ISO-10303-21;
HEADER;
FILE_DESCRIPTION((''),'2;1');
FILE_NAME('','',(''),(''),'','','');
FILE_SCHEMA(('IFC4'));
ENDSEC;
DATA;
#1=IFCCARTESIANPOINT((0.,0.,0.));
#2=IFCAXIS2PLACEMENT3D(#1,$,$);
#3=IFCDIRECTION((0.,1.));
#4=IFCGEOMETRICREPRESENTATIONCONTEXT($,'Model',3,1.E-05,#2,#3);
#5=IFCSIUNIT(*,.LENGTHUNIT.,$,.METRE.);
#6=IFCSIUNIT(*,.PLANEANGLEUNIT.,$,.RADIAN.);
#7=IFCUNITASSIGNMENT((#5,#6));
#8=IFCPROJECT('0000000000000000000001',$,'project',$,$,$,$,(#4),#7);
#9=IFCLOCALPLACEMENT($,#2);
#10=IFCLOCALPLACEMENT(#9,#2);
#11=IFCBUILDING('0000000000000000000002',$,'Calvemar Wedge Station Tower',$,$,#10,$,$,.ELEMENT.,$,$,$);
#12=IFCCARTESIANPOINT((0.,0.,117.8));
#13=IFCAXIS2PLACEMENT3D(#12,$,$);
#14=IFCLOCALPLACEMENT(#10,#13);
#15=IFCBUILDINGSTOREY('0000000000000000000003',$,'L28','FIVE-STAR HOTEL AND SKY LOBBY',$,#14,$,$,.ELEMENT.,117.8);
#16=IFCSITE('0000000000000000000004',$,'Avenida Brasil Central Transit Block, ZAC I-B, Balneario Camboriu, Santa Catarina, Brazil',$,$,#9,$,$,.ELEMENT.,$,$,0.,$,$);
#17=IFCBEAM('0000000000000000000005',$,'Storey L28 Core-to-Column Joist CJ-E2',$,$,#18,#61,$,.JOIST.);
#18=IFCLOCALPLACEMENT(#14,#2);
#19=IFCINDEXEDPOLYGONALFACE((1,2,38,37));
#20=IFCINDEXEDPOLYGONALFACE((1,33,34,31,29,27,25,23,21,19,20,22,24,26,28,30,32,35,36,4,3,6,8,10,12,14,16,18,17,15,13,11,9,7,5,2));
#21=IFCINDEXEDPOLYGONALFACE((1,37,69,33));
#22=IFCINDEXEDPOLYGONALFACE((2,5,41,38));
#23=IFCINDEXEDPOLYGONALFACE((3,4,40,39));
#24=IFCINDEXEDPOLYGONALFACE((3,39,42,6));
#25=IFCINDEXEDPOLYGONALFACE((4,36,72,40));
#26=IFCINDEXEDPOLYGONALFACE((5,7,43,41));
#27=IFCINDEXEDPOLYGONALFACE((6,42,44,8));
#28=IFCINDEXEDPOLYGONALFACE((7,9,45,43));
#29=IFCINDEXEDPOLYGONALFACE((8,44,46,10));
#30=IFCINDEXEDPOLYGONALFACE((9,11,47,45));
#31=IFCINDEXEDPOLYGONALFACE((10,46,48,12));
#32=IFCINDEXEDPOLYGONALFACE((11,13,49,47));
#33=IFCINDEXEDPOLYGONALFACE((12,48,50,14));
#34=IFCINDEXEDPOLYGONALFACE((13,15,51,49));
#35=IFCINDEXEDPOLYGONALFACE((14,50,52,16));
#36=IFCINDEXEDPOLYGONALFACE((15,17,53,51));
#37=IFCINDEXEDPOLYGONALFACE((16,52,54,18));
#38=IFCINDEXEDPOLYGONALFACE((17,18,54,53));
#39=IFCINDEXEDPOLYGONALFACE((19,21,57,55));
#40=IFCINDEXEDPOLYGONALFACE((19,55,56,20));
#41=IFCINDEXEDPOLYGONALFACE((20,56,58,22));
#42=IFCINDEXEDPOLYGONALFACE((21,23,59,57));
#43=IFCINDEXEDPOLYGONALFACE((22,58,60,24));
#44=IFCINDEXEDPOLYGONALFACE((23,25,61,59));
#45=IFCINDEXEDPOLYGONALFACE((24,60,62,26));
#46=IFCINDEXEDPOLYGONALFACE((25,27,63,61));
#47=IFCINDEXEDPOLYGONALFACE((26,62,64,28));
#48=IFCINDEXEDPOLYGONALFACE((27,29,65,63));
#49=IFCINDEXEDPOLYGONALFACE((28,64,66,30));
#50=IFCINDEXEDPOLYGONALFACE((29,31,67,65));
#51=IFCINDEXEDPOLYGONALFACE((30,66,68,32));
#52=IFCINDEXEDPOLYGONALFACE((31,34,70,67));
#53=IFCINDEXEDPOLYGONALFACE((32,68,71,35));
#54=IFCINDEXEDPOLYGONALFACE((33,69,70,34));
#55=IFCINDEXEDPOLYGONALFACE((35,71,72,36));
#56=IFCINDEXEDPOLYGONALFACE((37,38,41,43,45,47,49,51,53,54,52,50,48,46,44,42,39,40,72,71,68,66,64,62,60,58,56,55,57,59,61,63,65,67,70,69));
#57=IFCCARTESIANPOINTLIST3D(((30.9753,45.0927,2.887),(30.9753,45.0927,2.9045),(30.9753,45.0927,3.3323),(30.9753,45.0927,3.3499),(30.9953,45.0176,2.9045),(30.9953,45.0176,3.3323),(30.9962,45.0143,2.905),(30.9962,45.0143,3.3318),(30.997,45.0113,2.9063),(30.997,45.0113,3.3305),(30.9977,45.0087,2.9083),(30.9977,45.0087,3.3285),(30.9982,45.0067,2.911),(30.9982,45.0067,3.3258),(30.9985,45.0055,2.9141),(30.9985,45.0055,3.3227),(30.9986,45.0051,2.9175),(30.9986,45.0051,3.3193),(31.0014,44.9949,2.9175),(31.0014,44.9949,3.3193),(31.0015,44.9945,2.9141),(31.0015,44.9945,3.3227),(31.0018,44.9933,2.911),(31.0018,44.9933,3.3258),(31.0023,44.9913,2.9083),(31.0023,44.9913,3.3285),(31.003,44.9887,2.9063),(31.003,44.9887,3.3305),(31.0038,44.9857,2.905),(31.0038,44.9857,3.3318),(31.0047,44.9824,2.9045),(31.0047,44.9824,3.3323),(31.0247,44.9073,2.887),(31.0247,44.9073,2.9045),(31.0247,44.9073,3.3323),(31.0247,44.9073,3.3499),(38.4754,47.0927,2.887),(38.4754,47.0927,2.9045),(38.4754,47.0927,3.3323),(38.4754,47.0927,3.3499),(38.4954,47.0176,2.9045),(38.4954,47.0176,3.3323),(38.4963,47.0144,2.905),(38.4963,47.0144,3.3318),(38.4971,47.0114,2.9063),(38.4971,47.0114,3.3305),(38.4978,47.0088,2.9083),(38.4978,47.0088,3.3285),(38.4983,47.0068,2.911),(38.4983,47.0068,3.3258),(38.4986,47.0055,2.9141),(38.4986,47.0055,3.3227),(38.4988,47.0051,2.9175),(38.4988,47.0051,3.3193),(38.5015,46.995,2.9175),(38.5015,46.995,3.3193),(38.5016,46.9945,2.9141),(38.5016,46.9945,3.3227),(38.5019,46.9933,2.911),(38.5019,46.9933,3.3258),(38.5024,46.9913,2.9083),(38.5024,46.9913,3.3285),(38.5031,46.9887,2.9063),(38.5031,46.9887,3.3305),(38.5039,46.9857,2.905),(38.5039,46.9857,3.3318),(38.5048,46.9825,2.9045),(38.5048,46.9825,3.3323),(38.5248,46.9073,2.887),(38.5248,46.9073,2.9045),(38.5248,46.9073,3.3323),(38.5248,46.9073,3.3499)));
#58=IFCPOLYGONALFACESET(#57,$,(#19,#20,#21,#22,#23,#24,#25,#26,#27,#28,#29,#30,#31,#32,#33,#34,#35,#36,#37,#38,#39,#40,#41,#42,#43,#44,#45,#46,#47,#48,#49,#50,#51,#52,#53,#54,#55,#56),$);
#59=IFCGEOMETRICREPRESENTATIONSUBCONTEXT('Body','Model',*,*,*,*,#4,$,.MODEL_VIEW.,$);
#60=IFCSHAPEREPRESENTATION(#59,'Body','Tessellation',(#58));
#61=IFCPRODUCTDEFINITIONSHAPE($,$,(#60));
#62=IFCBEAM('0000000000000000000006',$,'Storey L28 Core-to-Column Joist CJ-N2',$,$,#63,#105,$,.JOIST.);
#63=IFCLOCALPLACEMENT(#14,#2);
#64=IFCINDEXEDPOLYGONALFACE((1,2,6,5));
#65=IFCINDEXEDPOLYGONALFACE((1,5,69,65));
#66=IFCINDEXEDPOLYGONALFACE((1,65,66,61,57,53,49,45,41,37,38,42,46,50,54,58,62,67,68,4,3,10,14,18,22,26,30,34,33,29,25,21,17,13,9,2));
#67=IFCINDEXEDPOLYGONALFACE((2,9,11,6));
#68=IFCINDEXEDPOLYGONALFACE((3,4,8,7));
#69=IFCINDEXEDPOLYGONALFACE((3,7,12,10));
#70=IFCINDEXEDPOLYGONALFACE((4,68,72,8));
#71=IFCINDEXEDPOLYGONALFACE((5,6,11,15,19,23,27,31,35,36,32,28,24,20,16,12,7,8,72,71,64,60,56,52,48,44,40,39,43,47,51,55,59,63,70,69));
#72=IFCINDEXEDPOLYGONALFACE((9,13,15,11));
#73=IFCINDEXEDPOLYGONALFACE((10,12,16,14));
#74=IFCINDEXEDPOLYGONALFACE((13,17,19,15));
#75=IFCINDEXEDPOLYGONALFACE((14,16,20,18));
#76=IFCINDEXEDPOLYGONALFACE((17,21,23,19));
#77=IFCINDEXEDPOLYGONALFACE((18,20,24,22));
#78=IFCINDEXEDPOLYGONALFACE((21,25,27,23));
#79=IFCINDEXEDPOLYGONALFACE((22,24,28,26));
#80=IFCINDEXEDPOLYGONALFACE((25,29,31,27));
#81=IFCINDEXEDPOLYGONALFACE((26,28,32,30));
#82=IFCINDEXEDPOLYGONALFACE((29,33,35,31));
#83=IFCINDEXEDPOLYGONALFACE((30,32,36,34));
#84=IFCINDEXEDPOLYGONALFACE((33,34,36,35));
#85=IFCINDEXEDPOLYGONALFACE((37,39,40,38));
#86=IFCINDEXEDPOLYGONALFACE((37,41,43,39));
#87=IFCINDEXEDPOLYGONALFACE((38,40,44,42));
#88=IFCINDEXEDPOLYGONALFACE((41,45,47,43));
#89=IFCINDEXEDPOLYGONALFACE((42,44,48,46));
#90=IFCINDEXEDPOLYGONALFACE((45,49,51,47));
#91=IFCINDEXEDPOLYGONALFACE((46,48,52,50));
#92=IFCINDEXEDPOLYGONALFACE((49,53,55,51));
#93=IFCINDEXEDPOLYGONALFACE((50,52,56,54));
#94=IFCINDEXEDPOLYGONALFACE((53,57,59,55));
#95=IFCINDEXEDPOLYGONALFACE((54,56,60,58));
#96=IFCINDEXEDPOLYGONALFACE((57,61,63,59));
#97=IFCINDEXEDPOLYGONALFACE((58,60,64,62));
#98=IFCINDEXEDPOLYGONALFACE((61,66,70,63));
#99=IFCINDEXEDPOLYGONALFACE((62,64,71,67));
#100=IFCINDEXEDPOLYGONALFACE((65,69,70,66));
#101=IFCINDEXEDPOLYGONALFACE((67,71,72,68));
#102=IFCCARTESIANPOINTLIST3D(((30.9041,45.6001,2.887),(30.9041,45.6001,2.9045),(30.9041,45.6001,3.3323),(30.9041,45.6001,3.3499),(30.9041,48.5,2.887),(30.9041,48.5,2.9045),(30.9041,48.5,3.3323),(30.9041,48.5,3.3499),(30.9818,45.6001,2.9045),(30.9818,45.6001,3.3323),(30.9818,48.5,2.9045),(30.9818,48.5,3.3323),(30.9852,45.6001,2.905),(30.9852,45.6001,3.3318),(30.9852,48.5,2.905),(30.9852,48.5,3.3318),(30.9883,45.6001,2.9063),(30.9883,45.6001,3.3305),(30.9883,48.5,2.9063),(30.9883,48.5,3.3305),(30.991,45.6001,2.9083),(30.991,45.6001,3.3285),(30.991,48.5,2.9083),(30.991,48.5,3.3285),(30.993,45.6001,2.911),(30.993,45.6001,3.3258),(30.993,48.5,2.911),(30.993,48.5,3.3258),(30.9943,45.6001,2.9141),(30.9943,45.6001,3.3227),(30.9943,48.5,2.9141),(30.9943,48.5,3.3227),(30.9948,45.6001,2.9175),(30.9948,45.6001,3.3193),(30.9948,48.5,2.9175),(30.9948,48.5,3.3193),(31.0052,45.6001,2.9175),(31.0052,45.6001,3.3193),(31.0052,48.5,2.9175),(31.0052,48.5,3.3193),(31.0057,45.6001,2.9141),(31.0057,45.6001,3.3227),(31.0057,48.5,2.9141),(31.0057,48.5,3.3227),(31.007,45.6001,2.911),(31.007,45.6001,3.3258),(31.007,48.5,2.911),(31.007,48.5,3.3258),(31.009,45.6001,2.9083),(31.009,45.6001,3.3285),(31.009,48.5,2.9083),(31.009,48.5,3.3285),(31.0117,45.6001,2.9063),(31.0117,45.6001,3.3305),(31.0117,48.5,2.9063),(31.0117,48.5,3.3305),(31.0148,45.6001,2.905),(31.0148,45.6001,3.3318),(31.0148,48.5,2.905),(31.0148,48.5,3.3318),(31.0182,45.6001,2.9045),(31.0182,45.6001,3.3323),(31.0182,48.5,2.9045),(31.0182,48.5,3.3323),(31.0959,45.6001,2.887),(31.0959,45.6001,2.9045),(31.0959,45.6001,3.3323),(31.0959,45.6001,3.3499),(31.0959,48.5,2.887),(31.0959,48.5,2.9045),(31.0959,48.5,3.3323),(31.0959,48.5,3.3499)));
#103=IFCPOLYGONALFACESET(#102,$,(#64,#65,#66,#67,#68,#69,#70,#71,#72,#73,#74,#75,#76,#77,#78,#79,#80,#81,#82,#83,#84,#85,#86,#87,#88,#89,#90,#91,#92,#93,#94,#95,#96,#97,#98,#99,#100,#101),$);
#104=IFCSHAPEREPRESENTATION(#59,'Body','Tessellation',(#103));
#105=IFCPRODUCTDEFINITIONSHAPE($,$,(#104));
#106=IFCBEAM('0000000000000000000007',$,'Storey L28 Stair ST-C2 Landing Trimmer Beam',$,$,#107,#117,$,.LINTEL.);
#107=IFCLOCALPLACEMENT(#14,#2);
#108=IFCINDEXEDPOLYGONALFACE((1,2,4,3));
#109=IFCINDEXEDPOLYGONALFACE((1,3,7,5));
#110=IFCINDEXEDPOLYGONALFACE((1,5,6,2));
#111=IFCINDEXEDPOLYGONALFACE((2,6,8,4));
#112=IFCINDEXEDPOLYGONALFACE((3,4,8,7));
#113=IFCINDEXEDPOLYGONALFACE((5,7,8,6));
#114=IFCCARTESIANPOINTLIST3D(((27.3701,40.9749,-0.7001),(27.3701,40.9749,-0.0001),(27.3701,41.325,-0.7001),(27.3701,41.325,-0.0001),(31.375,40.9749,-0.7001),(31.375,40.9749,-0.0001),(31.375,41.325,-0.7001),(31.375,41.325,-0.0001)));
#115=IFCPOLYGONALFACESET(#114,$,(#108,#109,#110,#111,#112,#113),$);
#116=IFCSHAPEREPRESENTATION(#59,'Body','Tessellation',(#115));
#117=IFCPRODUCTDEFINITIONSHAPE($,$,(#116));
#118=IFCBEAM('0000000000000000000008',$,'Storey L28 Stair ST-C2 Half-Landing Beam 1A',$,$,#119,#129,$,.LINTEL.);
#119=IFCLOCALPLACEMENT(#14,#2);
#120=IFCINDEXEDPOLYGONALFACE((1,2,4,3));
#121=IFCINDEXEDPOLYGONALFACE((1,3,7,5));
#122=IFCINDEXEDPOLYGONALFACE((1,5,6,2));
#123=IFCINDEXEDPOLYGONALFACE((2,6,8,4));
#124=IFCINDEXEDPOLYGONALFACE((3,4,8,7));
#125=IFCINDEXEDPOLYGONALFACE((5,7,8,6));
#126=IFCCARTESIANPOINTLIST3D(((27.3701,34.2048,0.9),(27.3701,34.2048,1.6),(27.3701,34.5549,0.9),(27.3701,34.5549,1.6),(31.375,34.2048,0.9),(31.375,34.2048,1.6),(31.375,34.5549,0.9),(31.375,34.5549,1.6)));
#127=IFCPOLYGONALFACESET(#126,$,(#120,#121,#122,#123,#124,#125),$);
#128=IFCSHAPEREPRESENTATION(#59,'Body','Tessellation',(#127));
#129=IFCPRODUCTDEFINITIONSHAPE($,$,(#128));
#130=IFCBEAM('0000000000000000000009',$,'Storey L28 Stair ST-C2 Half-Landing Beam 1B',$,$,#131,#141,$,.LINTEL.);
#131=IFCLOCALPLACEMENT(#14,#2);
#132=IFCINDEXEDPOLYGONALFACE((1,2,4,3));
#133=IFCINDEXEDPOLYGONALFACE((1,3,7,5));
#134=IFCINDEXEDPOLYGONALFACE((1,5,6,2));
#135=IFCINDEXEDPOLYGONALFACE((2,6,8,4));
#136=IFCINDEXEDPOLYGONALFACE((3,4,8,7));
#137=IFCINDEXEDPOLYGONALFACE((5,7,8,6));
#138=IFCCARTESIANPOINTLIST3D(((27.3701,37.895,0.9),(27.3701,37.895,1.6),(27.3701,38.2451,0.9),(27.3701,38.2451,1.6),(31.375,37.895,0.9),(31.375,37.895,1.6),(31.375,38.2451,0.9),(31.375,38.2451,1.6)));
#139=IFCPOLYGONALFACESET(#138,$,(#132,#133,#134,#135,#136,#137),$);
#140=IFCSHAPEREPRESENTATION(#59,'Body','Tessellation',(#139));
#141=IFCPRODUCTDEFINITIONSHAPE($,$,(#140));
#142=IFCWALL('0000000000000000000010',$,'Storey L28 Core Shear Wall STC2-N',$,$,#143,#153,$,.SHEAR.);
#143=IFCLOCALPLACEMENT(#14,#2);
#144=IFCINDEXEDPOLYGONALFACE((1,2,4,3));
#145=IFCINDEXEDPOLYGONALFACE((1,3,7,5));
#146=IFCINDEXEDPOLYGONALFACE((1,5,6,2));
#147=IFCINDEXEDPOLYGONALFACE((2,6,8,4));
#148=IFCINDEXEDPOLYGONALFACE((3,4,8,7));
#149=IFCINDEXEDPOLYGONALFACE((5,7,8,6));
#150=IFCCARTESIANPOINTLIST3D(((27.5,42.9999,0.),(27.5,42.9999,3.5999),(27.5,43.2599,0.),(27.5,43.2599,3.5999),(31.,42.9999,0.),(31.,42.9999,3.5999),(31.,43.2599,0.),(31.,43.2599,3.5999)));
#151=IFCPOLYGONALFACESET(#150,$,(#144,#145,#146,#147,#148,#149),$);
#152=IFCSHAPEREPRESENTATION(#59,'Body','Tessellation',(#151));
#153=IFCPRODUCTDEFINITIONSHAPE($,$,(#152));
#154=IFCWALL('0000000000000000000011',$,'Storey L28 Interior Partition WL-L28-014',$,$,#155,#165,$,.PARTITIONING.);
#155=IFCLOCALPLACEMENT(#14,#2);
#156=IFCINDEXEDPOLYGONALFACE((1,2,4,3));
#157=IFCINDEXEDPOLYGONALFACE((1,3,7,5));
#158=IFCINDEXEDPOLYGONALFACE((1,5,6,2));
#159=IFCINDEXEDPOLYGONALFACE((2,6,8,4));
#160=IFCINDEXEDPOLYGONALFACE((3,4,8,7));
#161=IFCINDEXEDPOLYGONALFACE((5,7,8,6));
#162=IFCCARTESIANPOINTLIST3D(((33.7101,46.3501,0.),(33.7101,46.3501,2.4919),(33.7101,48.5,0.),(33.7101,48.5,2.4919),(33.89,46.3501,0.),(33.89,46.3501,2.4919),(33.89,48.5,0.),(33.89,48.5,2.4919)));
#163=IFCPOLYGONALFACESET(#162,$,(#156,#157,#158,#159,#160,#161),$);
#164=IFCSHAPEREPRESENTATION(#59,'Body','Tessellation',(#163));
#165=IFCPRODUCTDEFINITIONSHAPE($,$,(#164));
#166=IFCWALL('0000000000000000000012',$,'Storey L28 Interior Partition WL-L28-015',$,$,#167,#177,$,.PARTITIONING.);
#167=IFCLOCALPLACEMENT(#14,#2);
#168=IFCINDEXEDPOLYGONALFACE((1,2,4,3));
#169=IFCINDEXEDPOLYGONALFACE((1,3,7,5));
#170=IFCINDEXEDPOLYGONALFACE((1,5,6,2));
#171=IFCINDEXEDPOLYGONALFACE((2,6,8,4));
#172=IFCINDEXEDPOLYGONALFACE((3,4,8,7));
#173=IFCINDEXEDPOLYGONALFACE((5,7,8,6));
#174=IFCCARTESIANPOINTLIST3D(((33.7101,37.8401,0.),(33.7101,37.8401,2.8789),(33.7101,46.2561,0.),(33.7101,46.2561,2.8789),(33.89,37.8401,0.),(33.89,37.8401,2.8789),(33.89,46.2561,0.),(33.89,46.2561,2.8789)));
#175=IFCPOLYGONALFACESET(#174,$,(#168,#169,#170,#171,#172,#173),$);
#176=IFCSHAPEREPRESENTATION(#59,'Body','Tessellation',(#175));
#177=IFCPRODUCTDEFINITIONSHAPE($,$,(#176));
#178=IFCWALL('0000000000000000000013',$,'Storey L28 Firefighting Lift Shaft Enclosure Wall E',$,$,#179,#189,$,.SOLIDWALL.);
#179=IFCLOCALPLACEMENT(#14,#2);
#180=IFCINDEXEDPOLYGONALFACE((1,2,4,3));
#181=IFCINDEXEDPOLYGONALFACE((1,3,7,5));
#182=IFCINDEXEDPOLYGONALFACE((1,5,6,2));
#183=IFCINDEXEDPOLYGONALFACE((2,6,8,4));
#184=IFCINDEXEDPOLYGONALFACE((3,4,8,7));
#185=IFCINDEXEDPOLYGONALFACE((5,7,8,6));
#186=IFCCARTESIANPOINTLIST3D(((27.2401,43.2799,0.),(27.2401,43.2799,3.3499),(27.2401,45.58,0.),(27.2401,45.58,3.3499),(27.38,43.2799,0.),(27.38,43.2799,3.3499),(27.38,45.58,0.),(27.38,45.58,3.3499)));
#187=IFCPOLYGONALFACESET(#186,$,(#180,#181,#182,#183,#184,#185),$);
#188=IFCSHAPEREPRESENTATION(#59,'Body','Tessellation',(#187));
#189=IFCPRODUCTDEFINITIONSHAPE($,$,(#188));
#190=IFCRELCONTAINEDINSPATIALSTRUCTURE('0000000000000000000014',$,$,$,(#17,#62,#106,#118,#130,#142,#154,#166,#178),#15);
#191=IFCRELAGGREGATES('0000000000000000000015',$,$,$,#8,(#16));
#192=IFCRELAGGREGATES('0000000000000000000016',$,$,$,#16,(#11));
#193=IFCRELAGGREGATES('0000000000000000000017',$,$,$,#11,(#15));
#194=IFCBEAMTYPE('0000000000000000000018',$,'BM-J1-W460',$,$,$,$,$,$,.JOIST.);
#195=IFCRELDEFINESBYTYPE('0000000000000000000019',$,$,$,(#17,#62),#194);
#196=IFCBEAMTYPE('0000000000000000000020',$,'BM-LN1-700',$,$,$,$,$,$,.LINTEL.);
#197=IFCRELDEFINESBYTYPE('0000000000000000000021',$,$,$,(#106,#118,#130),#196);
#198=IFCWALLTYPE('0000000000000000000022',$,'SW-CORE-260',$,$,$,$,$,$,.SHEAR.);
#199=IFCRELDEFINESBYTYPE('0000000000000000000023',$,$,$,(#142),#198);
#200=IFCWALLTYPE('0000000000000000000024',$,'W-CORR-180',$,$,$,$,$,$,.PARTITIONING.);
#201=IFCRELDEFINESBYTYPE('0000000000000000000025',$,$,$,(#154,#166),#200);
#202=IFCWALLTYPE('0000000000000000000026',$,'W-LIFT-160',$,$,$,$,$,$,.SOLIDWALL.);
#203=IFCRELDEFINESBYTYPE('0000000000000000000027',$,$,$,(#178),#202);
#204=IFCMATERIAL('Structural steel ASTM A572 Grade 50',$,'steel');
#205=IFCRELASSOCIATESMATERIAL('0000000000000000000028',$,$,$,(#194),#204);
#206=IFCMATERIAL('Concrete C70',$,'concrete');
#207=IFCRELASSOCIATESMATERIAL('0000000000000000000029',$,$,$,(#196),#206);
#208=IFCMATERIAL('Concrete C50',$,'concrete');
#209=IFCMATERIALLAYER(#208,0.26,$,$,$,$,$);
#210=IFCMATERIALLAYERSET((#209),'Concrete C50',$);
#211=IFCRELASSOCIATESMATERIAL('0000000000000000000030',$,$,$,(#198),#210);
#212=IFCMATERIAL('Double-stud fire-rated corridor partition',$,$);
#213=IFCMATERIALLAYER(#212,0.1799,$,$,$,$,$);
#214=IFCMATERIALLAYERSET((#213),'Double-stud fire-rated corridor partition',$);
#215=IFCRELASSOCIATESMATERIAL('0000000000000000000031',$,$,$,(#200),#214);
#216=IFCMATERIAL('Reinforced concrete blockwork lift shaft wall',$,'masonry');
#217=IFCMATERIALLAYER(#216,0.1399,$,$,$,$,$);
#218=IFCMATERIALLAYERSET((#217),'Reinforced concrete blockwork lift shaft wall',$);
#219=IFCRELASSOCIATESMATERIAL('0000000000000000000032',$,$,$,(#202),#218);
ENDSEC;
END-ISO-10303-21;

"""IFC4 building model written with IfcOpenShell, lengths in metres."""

from ifc_helpers import new_model, si_unit, direction, frame, frame_2d, origin, origin_2d, place, context, subcontext, project, spatial, rectangle, i_section, extrude, source, transform, mapped, material, layer, layer_set, material_profile, profile_set, type_object, element, save


model = new_model("IFC4")

# Units and contexts
model_context = context("Model", 3, precision=1e-05, world=origin(), true_north=direction((0.0, 1.0)))
body_context = subcontext(model_context, "Body", "Model", "MODEL_VIEW")
ifc_project = project(units=[si_unit("LENGTHUNIT", "METRE"), si_unit("PLANEANGLEUNIT", "RADIAN")], contexts=[model_context])

# Site, building, storey
site_placement = place(None, origin())
site = spatial("IfcSite", under=ifc_project, at=site_placement, Name="Avenida Brasil Central Transit Block, ZAC I-B, Balneario Camboriu, Santa Catarina, Brazil", CompositionType="ELEMENT", RefElevation=0.0)
building_placement = place(site_placement, origin())
building = spatial("IfcBuilding", under=site, at=building_placement, Name="Calvemar Wedge Station Tower", CompositionType="ELEMENT")
storey_placement = place(building_placement, frame((0.0, 0.0, 117.8)))
storey = spatial("IfcBuildingStorey", under=building, at=storey_placement, Name="L28", Description="FIVE-STAR HOTEL AND SKY LOBBY", CompositionType="ELEMENT", Elevation=117.8)

# Shared definitions
ifc_material_1 = material(Name="Concrete C50", Category="concrete")

# Beams
ifc_material_2 = material(Name="Structural steel ASTM A572 Grade 50", Category="steel")
ifc_material_profile_1 = material_profile(ifc_material_2, i_section(OverallWidth=0.1919, OverallDepth=0.4629, WebThickness=0.0105, FlangeThickness=0.0176, FilletRadius=0.0129, at=origin_2d()), Name="W460x89")
ifc_profile_set_1 = profile_set([ifc_material_profile_1], Name="Structural steel ASTM A572 Grade 50")
beam_type_1 = type_object("IfcBeamType", Name="BM-J1-W460", PredefinedType="JOIST", material=ifc_profile_set_1)
shared_shape_1 = source(origin(), body_context, "Body", "SweptSolid", [
    extrude(i_section(OverallWidth=0.1919, OverallDepth=0.4629, WebThickness=0.0105, FlangeThickness=0.0176, FilletRadius=0.0129, at=origin_2d()), origin(), (0.0, 0.0, 1.0), 7.7622),
])
beam_1_placement = place(storey_placement, frame((31.0, 45.0, 3.1184), z_axis=(0.966235, 0.257663, 0.0), x_axis=(-0.257663, 0.966235, 0.0)))
element("IfcBeam", 1, at=beam_1_placement, inside=storey, type_object=beam_type_1, Name="Storey L28 Core-to-Column Joist CJ-E2", PredefinedType="JOIST", context=body_context, shape_type="MappedRepresentation", body=[
    mapped(shared_shape_1, transform((0.0, 0.0, 0.0), scale=1.0)),
])
shared_shape_2 = source(origin(), body_context, "Body", "SweptSolid", [
    extrude(i_section(OverallWidth=0.1919, OverallDepth=0.4629, WebThickness=0.0105, FlangeThickness=0.0176, FilletRadius=0.0129, at=origin_2d()), origin(), (0.0, 0.0, 1.0), 2.8999),
])
beam_2_placement = place(storey_placement, frame((31.0, 45.6001, 3.1184), z_axis=(0.0, 1.0, 0.0), x_axis=(-1.0, 0.0, 0.0)))
element("IfcBeam", 2, at=beam_2_placement, inside=storey, type_object=beam_type_1, Name="Storey L28 Core-to-Column Joist CJ-N2", PredefinedType="JOIST", context=body_context, shape_type="MappedRepresentation", body=[
    mapped(shared_shape_2, transform((0.0, 0.0, 0.0), scale=1.0)),
])
ifc_material_3 = material(Name="Concrete C70", Category="concrete")
ifc_material_profile_2 = material_profile(ifc_material_3, rectangle(XDim=0.3501, YDim=0.7, at=origin_2d()), Name="RC350x700")
ifc_profile_set_2 = profile_set([ifc_material_profile_2], Name="Concrete C70")
beam_type_2 = type_object("IfcBeamType", Name="BM-LN1-700", PredefinedType="LINTEL", material=ifc_profile_set_2)
shared_shape_3 = source(origin(), body_context, "Body", "SweptSolid", [
    extrude(rectangle(XDim=0.3501, YDim=0.7, at=origin_2d()), origin(), (0.0, 0.0, 1.0), 4.0049),
])
for number, where, z_axis, x_axis, name in (
    (3, (27.3701, 41.1499, -0.3501), (1.0, 0.0, 0.0), (0.0, 1.0, 0.0), "Storey L28 Stair ST-C2 Landing Trimmer Beam"),
    (4, (27.3701, 34.3799, 1.25), (1.0, 0.0, 0.0), (0.0, 1.0, 0.0), "Storey L28 Stair ST-C2 Half-Landing Beam 1A"),
    (5, (27.3701, 38.0701, 1.25), (1.0, 0.0, 0.0), (0.0, 1.0, 0.0), "Storey L28 Stair ST-C2 Half-Landing Beam 1B"),
):
    element("IfcBeam", number, at=place(storey_placement, frame(where, z_axis=z_axis, x_axis=x_axis)), inside=storey, type_object=beam_type_2, Name=name, PredefinedType="LINTEL", context=body_context, shape_type="MappedRepresentation", body=[
        mapped(shared_shape_3, transform((0.0, 0.0, 0.0), scale=1.0)),
    ])

# Walls
ifc_layer_1 = layer(ifc_material_1, 0.26)
ifc_layer_set_1 = layer_set([ifc_layer_1], Name="Concrete C50")
wall_type_1 = type_object("IfcWallType", Name="SW-CORE-260", PredefinedType="SHEAR", material=ifc_layer_set_1)
wall_1_placement = place(storey_placement, frame((27.5, 43.1299, 0.0), z_axis=(0.0, 0.0, 1.0), x_axis=(1.0, 0.0, 0.0)))
element("IfcWall", 6, at=wall_1_placement, inside=storey, type_object=wall_type_1, Name="Storey L28 Core Shear Wall STC2-N", PredefinedType="SHEAR", context=body_context, shape_type="SweptSolid", body=[
    extrude(rectangle(XDim=3.5, YDim=0.26, at=frame_2d((1.75, 0.0))), origin(), (0.0, 0.0, 1.0), 3.5999),
])
ifc_material_4 = material(Name="Double-stud fire-rated corridor partition")
ifc_layer_2 = layer(ifc_material_4, 0.1799)
ifc_layer_set_2 = layer_set([ifc_layer_2], Name="Double-stud fire-rated corridor partition")
wall_type_2 = type_object("IfcWallType", Name="W-CORR-180", PredefinedType="PARTITIONING", material=ifc_layer_set_2)
wall_2_placement = place(storey_placement, frame((33.8, 48.5, 0.0), z_axis=(0.0, 0.0, 1.0), x_axis=(0.0, -1.0, 0.0)))
element("IfcWall", 7, at=wall_2_placement, inside=storey, type_object=wall_type_2, Name="Storey L28 Interior Partition WL-L28-014", PredefinedType="PARTITIONING", context=body_context, shape_type="SweptSolid", body=[
    extrude(rectangle(XDim=2.1499, YDim=0.1799, at=frame_2d((1.075, 0.0))), origin(), (0.0, 0.0, 1.0), 2.4919),
])
wall_3_placement = place(storey_placement, frame((33.8, 46.2561, 0.0), z_axis=(0.0, 0.0, 1.0), x_axis=(0.0, -1.0, 0.0)))
element("IfcWall", 8, at=wall_3_placement, inside=storey, type_object=wall_type_2, Name="Storey L28 Interior Partition WL-L28-015", PredefinedType="PARTITIONING", context=body_context, shape_type="SweptSolid", body=[
    extrude(rectangle(XDim=8.416, YDim=0.1799, at=frame_2d((4.208, 0.0))), origin(), (0.0, 0.0, 1.0), 2.8789),
])

# Wall
ifc_material_5 = material(Name="Reinforced concrete blockwork lift shaft wall", Category="masonry")
ifc_layer_3 = layer(ifc_material_5, 0.1399)
ifc_layer_set_3 = layer_set([ifc_layer_3], Name="Reinforced concrete blockwork lift shaft wall")
wall_type_3 = type_object("IfcWallType", Name="W-LIFT-160", PredefinedType="SOLIDWALL", material=ifc_layer_set_3)
wall_4_placement = place(storey_placement, frame((27.3101, 43.28, 0.0), z_axis=(0.0, 0.0, 1.0), x_axis=(0.0, 1.0, 0.0)))
element("IfcWall", 9, at=wall_4_placement, inside=storey, type_object=wall_type_3, Name="Storey L28 Firefighting Lift Shaft Enclosure Wall E", PredefinedType="SOLIDWALL", context=body_context, shape_type="SweptSolid", body=[
    extrude(rectangle(XDim=2.3, YDim=0.1399, at=frame_2d((1.1499, 0.0))), origin(), (0.0, 0.0, 1.0), 3.3499),
])

save(model, "model.ifc")
